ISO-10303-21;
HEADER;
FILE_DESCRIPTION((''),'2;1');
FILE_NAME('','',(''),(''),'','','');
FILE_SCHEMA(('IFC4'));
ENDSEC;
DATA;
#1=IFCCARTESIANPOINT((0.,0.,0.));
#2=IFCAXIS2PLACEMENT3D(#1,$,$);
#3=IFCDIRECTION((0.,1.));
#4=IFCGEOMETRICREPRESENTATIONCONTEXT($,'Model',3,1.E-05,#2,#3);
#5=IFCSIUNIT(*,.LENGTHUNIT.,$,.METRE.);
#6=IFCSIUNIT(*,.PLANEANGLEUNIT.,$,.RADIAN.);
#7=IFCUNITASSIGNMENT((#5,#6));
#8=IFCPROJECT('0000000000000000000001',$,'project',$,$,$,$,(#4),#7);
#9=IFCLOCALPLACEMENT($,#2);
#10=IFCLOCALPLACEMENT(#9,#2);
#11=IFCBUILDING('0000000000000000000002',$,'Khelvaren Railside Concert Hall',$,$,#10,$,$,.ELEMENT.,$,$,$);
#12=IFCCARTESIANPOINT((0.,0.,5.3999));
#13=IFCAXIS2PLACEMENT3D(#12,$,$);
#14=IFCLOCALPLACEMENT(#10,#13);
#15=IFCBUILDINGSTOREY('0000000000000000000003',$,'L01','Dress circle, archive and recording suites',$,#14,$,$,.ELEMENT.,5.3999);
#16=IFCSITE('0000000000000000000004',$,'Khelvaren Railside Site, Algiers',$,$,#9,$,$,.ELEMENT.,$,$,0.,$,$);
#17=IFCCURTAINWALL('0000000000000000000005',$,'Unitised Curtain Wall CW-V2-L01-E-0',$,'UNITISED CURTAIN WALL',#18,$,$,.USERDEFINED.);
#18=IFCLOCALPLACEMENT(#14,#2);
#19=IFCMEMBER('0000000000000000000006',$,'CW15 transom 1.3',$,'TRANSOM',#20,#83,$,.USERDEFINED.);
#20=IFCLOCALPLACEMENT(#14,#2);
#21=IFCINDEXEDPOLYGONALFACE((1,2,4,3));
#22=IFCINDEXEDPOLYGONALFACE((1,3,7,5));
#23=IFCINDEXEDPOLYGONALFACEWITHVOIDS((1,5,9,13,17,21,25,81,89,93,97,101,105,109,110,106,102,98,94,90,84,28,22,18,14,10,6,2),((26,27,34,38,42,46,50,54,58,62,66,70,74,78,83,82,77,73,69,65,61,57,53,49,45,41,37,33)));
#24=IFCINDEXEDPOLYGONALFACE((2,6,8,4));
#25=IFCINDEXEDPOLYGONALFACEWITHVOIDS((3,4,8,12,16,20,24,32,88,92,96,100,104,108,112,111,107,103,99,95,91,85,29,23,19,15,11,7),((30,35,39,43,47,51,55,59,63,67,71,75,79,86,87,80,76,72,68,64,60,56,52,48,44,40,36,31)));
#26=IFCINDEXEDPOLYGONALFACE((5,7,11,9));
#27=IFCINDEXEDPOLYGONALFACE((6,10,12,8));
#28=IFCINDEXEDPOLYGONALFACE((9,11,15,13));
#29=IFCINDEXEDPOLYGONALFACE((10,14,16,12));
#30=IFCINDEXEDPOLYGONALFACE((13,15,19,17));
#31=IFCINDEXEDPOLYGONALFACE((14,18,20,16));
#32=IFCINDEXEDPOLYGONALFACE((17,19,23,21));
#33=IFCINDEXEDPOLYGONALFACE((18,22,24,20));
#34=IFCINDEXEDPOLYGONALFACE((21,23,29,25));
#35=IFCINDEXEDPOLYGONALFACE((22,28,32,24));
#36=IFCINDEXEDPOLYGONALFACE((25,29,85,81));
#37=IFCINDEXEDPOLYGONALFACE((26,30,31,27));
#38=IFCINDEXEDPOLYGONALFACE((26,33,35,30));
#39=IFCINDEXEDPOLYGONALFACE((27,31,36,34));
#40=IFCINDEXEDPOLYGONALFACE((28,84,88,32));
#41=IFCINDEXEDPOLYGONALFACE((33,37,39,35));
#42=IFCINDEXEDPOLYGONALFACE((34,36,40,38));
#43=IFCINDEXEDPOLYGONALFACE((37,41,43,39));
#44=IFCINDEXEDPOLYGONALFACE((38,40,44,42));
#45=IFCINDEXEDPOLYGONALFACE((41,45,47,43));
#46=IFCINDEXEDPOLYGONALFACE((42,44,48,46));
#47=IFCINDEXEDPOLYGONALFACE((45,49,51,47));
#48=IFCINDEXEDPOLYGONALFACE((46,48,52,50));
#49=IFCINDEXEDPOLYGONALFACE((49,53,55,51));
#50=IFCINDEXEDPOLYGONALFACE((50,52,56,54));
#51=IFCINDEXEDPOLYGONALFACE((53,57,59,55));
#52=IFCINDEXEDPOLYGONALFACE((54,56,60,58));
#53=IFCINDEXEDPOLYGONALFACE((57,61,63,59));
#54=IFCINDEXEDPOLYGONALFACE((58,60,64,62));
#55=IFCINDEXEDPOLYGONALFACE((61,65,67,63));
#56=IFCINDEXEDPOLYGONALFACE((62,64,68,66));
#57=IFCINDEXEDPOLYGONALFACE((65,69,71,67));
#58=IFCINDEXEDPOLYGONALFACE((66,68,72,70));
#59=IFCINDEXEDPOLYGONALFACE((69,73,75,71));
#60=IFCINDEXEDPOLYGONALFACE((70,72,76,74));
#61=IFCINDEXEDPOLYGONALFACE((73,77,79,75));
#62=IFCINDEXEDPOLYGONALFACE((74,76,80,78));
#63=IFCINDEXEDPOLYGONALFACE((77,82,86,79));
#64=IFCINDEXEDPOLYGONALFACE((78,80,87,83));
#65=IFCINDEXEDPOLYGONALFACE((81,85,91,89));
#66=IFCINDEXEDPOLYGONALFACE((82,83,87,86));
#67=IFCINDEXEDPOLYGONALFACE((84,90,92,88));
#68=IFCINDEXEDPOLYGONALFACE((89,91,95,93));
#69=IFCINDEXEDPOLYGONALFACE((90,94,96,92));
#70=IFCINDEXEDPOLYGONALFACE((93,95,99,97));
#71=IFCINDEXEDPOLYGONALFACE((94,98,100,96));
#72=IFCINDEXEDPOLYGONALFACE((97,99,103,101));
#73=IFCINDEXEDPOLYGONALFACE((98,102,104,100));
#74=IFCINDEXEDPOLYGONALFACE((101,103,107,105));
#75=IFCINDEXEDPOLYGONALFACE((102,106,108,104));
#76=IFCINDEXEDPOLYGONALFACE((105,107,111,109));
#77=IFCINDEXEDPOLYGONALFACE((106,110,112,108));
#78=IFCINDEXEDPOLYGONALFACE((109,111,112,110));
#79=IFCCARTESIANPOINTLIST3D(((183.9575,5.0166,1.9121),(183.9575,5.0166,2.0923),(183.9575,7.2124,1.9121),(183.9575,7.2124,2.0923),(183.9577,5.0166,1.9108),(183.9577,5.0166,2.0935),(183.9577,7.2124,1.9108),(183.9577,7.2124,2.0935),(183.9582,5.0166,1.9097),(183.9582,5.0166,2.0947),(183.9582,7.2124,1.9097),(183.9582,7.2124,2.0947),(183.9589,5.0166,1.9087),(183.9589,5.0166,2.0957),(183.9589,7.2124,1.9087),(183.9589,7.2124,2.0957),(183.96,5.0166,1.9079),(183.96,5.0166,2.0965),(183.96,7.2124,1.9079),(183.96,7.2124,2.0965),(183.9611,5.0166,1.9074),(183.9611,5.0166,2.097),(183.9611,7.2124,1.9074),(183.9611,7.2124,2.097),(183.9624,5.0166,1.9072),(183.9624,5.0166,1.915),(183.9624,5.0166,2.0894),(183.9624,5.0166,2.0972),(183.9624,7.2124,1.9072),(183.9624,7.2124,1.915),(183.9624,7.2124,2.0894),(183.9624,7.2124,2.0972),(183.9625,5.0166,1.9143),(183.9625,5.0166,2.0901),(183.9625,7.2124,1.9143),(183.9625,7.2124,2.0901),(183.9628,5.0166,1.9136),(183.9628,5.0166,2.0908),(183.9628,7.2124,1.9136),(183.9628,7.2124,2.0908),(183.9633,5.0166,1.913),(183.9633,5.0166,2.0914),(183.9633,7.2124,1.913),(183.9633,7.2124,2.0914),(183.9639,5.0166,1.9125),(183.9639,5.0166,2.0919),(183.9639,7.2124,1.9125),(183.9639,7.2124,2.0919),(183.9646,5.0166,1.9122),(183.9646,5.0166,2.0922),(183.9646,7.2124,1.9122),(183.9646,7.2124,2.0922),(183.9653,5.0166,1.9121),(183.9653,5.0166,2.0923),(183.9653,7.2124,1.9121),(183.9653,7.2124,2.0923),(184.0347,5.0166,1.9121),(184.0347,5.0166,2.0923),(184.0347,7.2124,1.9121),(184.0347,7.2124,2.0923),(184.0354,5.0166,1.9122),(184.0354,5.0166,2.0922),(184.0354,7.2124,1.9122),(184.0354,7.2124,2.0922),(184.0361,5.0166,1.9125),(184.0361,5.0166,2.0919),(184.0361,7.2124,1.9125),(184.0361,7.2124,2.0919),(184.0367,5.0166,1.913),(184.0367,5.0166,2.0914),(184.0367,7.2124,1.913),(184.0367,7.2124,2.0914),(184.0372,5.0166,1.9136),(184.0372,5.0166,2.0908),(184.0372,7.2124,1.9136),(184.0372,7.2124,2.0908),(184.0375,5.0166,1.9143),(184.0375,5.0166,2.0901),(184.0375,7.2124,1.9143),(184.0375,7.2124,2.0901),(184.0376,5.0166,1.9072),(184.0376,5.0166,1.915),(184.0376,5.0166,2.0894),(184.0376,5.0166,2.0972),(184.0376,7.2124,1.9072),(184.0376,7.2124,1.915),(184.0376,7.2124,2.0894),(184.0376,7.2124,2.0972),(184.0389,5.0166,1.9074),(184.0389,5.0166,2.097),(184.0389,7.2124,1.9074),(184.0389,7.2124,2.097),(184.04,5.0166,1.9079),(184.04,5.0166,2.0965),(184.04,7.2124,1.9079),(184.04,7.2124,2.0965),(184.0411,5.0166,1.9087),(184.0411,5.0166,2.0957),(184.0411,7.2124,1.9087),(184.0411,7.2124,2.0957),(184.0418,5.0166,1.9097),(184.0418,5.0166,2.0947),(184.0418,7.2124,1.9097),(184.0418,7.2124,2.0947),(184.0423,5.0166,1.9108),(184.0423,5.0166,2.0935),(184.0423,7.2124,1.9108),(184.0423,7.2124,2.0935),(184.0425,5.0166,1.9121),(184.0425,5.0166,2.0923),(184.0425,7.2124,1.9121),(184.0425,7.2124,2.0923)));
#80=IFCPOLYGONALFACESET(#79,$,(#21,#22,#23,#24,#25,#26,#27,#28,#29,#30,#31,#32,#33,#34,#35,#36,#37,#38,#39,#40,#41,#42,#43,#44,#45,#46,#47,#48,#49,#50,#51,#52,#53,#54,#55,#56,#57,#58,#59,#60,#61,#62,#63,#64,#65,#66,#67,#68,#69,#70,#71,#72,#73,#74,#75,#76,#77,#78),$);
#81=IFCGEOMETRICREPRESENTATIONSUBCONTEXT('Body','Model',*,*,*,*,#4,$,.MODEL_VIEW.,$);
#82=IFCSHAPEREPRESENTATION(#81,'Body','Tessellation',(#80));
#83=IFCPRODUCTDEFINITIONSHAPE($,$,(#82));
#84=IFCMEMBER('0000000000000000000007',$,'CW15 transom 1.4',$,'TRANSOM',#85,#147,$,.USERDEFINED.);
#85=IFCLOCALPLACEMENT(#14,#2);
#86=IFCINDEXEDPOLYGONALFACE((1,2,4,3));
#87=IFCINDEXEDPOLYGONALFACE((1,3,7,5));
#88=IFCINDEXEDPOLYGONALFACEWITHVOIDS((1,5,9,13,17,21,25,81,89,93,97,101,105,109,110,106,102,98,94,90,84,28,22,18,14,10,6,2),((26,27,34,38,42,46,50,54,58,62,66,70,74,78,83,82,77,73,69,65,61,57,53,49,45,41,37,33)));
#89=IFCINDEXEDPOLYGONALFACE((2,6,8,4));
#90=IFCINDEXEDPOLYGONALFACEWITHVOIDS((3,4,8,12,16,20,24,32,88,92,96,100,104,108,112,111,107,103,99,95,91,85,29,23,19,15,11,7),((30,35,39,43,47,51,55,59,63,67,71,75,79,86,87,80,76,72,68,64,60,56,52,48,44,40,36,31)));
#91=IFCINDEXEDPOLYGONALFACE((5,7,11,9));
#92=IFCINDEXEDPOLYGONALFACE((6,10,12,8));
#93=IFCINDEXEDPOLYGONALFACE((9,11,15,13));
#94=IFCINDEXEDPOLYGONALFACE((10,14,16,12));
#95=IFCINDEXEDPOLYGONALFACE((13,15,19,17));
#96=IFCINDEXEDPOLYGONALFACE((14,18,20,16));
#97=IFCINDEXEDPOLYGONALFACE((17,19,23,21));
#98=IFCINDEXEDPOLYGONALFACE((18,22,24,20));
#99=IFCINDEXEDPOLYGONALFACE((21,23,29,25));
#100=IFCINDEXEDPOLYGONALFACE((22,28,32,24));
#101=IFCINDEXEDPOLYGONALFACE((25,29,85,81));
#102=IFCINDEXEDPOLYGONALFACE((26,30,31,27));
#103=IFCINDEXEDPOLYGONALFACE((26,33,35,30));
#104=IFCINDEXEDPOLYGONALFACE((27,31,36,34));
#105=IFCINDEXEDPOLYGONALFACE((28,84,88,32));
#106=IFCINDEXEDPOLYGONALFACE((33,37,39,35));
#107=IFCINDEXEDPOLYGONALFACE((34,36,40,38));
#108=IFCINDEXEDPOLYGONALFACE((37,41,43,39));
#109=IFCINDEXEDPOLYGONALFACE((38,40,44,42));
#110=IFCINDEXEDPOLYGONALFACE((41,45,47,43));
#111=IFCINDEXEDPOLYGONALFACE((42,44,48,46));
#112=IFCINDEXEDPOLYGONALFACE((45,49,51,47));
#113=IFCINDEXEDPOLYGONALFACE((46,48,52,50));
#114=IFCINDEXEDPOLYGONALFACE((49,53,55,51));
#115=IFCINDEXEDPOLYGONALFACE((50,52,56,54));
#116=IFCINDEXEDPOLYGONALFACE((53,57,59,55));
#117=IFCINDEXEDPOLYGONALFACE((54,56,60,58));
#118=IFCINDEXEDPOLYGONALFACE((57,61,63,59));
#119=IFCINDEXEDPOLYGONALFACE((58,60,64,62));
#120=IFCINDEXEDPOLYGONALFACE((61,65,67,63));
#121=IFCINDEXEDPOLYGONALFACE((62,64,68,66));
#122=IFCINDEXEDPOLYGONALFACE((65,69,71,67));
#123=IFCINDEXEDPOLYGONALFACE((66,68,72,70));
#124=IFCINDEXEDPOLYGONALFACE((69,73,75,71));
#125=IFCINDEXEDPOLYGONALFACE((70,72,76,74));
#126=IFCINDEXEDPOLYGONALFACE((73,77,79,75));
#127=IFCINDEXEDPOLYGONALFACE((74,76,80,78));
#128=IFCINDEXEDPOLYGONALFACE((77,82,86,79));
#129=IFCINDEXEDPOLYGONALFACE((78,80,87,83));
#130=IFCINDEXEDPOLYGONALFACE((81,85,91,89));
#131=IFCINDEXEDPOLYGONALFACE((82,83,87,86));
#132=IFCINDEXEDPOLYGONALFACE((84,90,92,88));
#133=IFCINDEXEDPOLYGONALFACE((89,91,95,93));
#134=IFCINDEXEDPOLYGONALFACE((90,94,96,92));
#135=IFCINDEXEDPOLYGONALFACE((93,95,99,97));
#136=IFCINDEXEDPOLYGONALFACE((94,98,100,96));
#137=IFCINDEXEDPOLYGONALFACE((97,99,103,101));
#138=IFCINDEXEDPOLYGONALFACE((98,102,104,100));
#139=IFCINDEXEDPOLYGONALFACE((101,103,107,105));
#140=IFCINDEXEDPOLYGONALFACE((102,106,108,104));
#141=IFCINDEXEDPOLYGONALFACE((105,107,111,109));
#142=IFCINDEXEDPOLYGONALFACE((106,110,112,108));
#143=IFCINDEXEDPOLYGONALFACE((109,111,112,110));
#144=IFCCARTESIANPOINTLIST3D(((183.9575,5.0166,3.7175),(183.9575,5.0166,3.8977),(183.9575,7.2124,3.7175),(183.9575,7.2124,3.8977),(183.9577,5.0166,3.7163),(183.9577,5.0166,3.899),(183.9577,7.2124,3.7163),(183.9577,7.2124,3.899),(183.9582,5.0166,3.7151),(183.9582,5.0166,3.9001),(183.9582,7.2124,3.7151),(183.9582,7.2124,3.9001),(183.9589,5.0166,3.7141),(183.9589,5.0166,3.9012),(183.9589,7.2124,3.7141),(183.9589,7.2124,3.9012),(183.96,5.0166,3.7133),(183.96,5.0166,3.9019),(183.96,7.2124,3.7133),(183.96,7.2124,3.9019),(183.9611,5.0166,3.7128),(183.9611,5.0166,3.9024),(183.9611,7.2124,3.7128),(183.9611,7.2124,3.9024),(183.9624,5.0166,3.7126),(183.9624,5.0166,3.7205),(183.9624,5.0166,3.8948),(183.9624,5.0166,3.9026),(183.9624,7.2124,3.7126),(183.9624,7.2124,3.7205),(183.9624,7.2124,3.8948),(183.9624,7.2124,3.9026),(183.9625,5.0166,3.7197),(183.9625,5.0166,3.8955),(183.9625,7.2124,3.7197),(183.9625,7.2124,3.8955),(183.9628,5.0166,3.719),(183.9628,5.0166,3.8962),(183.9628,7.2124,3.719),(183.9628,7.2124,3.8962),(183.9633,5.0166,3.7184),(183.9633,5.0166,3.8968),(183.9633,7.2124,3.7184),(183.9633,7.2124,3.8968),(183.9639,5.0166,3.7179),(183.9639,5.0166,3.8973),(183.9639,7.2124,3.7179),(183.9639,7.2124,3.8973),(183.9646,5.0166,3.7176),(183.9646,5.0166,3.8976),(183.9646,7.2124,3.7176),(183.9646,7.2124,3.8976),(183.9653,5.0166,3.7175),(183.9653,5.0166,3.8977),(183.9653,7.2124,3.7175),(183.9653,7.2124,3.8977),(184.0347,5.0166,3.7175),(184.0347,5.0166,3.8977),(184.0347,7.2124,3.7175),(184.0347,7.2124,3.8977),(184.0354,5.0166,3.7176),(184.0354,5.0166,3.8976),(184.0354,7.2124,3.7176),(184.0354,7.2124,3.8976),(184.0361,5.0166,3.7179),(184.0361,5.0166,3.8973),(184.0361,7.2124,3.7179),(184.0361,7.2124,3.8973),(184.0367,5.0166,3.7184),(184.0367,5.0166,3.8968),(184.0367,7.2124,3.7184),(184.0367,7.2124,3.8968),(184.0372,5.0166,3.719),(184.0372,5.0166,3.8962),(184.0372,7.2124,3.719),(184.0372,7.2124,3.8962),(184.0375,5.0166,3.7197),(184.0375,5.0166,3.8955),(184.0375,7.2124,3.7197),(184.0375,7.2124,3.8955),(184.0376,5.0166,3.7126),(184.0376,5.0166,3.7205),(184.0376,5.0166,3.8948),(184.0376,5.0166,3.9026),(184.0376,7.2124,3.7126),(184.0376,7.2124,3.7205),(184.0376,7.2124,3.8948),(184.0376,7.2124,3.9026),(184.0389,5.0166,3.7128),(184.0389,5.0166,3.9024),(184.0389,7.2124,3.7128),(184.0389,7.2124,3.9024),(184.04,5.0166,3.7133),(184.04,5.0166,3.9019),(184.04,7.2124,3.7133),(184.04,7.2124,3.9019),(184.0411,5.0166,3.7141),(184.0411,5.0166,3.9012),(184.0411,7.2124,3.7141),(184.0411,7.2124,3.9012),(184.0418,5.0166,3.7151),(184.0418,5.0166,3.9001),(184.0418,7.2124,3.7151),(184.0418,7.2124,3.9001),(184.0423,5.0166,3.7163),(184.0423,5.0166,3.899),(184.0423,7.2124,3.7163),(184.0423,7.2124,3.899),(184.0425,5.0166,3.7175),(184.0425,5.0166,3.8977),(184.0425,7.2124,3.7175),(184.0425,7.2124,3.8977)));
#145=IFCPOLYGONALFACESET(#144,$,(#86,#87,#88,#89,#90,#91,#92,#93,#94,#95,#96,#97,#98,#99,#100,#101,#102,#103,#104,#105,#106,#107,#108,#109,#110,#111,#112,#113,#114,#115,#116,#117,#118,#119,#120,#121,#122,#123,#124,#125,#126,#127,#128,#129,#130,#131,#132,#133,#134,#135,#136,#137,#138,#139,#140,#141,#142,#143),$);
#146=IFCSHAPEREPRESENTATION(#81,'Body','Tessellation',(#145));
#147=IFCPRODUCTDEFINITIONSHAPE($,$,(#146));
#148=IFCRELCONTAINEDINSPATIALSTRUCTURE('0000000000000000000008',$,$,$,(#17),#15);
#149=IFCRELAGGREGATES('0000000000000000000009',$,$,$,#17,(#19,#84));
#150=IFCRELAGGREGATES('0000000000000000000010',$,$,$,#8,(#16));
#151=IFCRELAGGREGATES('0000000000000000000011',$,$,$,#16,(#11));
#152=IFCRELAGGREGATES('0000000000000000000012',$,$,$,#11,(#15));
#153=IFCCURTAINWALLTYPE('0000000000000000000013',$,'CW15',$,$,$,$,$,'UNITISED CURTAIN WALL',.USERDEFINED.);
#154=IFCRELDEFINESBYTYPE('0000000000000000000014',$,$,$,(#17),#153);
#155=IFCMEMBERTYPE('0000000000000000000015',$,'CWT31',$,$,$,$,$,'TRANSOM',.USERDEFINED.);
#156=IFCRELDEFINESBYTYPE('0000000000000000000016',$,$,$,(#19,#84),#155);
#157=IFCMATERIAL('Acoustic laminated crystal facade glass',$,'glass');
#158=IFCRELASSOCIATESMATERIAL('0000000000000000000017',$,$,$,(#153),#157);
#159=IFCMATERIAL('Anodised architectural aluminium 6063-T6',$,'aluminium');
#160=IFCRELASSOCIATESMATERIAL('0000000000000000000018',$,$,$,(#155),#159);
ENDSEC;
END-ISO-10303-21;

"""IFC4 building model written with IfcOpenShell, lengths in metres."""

from ifc_helpers import new_model, si_unit, direction, frame, origin, origin_2d, place, context, subcontext, project, spatial, hollow_rectangle, extrude, material, material_profile, profile_set, type_object, element, aggregate, save


model = new_model("IFC4")

# Units and contexts
model_context = context("Model", 3, precision=1e-05, world=origin(), true_north=direction((0.0, 1.0)))
body_context = subcontext(model_context, "Body", "Model", "MODEL_VIEW")
ifc_project = project(units=[si_unit("LENGTHUNIT", "METRE"), si_unit("PLANEANGLEUNIT", "RADIAN")], contexts=[model_context])

# Site, building, storey
site_placement = place(None, origin())
site = spatial("IfcSite", under=ifc_project, at=site_placement, Name="Khelvaren Railside Site, Algiers", CompositionType="ELEMENT", RefElevation=0.0)
building_placement = place(site_placement, origin())
building = spatial("IfcBuilding", under=site, at=building_placement, Name="Khelvaren Railside Concert Hall", CompositionType="ELEMENT")
storey_placement = place(building_placement, frame((0.0, 0.0, 5.3999)))
storey = spatial("IfcBuildingStorey", under=building, at=storey_placement, Name="L01", Description="Dress circle, archive and recording suites", CompositionType="ELEMENT", Elevation=5.3999)

# Curtain wall
ifc_material_1 = material(Name="Acoustic laminated crystal facade glass", Category="glass")
curtain_wall_type_1 = type_object("IfcCurtainWallType", Name="CW15", ElementType="UNITISED CURTAIN WALL", PredefinedType="USERDEFINED", material=ifc_material_1)
curtain_wall_1_placement = place(storey_placement, origin())
curtain_wall_1 = element("IfcCurtainWall", 1, at=curtain_wall_1_placement, inside=storey, type_object=curtain_wall_type_1, Name="Unitised Curtain Wall CW-V2-L01-E-0", ObjectType="UNITISED CURTAIN WALL", PredefinedType="USERDEFINED")
ifc_material_2 = material(Name="Anodised architectural aluminium 6063-T6", Category="aluminium")

# Members
ifc_material_profile_1 = material_profile(ifc_material_2, hollow_rectangle(XDim=0.085, YDim=0.1899, WallThickness=0.0049, InnerFilletRadius=0.0029, OuterFilletRadius=0.0049, at=origin_2d()), Name="CWT 85x190x5")
ifc_profile_set_1 = profile_set([ifc_material_profile_1], Name="Anodised architectural aluminium 6063-T6")
member_type_1 = type_object("IfcMemberType", Name="CWT31", ElementType="TRANSOM", PredefinedType="USERDEFINED", material=ifc_profile_set_1)
member_1_placement = place(storey_placement, frame((184.0, 7.2124, 2.0022), z_axis=(0.0, -1.0, 0.0), x_axis=(1.0, 0.0, 0.0)))
member_1 = element("IfcMember", 2, at=member_1_placement, type_object=member_type_1, Name="CW15 transom 1.3", ObjectType="TRANSOM", PredefinedType="USERDEFINED", context=body_context, shape_type="SweptSolid", body=[
    extrude(hollow_rectangle(XDim=0.085, YDim=0.1899, WallThickness=0.0049, InnerFilletRadius=0.0029, OuterFilletRadius=0.0049, at=origin_2d()), origin(), (0.0, 0.0, 1.0), 2.1958),
])
member_2_placement = place(storey_placement, frame((184.0, 7.2124, 3.8076), z_axis=(0.0, -1.0, 0.0), x_axis=(1.0, 0.0, 0.0)))
member_2 = element("IfcMember", 3, at=member_2_placement, type_object=member_type_1, Name="CW15 transom 1.4", ObjectType="TRANSOM", PredefinedType="USERDEFINED", context=body_context, shape_type="SweptSolid", body=[
    extrude(hollow_rectangle(XDim=0.085, YDim=0.1899, WallThickness=0.0049, InnerFilletRadius=0.0029, OuterFilletRadius=0.0049, at=origin_2d()), origin(), (0.0, 0.0, 1.0), 2.1958),
])
aggregate(curtain_wall_1, [member_1, member_2])

save(model, "model.ifc")
